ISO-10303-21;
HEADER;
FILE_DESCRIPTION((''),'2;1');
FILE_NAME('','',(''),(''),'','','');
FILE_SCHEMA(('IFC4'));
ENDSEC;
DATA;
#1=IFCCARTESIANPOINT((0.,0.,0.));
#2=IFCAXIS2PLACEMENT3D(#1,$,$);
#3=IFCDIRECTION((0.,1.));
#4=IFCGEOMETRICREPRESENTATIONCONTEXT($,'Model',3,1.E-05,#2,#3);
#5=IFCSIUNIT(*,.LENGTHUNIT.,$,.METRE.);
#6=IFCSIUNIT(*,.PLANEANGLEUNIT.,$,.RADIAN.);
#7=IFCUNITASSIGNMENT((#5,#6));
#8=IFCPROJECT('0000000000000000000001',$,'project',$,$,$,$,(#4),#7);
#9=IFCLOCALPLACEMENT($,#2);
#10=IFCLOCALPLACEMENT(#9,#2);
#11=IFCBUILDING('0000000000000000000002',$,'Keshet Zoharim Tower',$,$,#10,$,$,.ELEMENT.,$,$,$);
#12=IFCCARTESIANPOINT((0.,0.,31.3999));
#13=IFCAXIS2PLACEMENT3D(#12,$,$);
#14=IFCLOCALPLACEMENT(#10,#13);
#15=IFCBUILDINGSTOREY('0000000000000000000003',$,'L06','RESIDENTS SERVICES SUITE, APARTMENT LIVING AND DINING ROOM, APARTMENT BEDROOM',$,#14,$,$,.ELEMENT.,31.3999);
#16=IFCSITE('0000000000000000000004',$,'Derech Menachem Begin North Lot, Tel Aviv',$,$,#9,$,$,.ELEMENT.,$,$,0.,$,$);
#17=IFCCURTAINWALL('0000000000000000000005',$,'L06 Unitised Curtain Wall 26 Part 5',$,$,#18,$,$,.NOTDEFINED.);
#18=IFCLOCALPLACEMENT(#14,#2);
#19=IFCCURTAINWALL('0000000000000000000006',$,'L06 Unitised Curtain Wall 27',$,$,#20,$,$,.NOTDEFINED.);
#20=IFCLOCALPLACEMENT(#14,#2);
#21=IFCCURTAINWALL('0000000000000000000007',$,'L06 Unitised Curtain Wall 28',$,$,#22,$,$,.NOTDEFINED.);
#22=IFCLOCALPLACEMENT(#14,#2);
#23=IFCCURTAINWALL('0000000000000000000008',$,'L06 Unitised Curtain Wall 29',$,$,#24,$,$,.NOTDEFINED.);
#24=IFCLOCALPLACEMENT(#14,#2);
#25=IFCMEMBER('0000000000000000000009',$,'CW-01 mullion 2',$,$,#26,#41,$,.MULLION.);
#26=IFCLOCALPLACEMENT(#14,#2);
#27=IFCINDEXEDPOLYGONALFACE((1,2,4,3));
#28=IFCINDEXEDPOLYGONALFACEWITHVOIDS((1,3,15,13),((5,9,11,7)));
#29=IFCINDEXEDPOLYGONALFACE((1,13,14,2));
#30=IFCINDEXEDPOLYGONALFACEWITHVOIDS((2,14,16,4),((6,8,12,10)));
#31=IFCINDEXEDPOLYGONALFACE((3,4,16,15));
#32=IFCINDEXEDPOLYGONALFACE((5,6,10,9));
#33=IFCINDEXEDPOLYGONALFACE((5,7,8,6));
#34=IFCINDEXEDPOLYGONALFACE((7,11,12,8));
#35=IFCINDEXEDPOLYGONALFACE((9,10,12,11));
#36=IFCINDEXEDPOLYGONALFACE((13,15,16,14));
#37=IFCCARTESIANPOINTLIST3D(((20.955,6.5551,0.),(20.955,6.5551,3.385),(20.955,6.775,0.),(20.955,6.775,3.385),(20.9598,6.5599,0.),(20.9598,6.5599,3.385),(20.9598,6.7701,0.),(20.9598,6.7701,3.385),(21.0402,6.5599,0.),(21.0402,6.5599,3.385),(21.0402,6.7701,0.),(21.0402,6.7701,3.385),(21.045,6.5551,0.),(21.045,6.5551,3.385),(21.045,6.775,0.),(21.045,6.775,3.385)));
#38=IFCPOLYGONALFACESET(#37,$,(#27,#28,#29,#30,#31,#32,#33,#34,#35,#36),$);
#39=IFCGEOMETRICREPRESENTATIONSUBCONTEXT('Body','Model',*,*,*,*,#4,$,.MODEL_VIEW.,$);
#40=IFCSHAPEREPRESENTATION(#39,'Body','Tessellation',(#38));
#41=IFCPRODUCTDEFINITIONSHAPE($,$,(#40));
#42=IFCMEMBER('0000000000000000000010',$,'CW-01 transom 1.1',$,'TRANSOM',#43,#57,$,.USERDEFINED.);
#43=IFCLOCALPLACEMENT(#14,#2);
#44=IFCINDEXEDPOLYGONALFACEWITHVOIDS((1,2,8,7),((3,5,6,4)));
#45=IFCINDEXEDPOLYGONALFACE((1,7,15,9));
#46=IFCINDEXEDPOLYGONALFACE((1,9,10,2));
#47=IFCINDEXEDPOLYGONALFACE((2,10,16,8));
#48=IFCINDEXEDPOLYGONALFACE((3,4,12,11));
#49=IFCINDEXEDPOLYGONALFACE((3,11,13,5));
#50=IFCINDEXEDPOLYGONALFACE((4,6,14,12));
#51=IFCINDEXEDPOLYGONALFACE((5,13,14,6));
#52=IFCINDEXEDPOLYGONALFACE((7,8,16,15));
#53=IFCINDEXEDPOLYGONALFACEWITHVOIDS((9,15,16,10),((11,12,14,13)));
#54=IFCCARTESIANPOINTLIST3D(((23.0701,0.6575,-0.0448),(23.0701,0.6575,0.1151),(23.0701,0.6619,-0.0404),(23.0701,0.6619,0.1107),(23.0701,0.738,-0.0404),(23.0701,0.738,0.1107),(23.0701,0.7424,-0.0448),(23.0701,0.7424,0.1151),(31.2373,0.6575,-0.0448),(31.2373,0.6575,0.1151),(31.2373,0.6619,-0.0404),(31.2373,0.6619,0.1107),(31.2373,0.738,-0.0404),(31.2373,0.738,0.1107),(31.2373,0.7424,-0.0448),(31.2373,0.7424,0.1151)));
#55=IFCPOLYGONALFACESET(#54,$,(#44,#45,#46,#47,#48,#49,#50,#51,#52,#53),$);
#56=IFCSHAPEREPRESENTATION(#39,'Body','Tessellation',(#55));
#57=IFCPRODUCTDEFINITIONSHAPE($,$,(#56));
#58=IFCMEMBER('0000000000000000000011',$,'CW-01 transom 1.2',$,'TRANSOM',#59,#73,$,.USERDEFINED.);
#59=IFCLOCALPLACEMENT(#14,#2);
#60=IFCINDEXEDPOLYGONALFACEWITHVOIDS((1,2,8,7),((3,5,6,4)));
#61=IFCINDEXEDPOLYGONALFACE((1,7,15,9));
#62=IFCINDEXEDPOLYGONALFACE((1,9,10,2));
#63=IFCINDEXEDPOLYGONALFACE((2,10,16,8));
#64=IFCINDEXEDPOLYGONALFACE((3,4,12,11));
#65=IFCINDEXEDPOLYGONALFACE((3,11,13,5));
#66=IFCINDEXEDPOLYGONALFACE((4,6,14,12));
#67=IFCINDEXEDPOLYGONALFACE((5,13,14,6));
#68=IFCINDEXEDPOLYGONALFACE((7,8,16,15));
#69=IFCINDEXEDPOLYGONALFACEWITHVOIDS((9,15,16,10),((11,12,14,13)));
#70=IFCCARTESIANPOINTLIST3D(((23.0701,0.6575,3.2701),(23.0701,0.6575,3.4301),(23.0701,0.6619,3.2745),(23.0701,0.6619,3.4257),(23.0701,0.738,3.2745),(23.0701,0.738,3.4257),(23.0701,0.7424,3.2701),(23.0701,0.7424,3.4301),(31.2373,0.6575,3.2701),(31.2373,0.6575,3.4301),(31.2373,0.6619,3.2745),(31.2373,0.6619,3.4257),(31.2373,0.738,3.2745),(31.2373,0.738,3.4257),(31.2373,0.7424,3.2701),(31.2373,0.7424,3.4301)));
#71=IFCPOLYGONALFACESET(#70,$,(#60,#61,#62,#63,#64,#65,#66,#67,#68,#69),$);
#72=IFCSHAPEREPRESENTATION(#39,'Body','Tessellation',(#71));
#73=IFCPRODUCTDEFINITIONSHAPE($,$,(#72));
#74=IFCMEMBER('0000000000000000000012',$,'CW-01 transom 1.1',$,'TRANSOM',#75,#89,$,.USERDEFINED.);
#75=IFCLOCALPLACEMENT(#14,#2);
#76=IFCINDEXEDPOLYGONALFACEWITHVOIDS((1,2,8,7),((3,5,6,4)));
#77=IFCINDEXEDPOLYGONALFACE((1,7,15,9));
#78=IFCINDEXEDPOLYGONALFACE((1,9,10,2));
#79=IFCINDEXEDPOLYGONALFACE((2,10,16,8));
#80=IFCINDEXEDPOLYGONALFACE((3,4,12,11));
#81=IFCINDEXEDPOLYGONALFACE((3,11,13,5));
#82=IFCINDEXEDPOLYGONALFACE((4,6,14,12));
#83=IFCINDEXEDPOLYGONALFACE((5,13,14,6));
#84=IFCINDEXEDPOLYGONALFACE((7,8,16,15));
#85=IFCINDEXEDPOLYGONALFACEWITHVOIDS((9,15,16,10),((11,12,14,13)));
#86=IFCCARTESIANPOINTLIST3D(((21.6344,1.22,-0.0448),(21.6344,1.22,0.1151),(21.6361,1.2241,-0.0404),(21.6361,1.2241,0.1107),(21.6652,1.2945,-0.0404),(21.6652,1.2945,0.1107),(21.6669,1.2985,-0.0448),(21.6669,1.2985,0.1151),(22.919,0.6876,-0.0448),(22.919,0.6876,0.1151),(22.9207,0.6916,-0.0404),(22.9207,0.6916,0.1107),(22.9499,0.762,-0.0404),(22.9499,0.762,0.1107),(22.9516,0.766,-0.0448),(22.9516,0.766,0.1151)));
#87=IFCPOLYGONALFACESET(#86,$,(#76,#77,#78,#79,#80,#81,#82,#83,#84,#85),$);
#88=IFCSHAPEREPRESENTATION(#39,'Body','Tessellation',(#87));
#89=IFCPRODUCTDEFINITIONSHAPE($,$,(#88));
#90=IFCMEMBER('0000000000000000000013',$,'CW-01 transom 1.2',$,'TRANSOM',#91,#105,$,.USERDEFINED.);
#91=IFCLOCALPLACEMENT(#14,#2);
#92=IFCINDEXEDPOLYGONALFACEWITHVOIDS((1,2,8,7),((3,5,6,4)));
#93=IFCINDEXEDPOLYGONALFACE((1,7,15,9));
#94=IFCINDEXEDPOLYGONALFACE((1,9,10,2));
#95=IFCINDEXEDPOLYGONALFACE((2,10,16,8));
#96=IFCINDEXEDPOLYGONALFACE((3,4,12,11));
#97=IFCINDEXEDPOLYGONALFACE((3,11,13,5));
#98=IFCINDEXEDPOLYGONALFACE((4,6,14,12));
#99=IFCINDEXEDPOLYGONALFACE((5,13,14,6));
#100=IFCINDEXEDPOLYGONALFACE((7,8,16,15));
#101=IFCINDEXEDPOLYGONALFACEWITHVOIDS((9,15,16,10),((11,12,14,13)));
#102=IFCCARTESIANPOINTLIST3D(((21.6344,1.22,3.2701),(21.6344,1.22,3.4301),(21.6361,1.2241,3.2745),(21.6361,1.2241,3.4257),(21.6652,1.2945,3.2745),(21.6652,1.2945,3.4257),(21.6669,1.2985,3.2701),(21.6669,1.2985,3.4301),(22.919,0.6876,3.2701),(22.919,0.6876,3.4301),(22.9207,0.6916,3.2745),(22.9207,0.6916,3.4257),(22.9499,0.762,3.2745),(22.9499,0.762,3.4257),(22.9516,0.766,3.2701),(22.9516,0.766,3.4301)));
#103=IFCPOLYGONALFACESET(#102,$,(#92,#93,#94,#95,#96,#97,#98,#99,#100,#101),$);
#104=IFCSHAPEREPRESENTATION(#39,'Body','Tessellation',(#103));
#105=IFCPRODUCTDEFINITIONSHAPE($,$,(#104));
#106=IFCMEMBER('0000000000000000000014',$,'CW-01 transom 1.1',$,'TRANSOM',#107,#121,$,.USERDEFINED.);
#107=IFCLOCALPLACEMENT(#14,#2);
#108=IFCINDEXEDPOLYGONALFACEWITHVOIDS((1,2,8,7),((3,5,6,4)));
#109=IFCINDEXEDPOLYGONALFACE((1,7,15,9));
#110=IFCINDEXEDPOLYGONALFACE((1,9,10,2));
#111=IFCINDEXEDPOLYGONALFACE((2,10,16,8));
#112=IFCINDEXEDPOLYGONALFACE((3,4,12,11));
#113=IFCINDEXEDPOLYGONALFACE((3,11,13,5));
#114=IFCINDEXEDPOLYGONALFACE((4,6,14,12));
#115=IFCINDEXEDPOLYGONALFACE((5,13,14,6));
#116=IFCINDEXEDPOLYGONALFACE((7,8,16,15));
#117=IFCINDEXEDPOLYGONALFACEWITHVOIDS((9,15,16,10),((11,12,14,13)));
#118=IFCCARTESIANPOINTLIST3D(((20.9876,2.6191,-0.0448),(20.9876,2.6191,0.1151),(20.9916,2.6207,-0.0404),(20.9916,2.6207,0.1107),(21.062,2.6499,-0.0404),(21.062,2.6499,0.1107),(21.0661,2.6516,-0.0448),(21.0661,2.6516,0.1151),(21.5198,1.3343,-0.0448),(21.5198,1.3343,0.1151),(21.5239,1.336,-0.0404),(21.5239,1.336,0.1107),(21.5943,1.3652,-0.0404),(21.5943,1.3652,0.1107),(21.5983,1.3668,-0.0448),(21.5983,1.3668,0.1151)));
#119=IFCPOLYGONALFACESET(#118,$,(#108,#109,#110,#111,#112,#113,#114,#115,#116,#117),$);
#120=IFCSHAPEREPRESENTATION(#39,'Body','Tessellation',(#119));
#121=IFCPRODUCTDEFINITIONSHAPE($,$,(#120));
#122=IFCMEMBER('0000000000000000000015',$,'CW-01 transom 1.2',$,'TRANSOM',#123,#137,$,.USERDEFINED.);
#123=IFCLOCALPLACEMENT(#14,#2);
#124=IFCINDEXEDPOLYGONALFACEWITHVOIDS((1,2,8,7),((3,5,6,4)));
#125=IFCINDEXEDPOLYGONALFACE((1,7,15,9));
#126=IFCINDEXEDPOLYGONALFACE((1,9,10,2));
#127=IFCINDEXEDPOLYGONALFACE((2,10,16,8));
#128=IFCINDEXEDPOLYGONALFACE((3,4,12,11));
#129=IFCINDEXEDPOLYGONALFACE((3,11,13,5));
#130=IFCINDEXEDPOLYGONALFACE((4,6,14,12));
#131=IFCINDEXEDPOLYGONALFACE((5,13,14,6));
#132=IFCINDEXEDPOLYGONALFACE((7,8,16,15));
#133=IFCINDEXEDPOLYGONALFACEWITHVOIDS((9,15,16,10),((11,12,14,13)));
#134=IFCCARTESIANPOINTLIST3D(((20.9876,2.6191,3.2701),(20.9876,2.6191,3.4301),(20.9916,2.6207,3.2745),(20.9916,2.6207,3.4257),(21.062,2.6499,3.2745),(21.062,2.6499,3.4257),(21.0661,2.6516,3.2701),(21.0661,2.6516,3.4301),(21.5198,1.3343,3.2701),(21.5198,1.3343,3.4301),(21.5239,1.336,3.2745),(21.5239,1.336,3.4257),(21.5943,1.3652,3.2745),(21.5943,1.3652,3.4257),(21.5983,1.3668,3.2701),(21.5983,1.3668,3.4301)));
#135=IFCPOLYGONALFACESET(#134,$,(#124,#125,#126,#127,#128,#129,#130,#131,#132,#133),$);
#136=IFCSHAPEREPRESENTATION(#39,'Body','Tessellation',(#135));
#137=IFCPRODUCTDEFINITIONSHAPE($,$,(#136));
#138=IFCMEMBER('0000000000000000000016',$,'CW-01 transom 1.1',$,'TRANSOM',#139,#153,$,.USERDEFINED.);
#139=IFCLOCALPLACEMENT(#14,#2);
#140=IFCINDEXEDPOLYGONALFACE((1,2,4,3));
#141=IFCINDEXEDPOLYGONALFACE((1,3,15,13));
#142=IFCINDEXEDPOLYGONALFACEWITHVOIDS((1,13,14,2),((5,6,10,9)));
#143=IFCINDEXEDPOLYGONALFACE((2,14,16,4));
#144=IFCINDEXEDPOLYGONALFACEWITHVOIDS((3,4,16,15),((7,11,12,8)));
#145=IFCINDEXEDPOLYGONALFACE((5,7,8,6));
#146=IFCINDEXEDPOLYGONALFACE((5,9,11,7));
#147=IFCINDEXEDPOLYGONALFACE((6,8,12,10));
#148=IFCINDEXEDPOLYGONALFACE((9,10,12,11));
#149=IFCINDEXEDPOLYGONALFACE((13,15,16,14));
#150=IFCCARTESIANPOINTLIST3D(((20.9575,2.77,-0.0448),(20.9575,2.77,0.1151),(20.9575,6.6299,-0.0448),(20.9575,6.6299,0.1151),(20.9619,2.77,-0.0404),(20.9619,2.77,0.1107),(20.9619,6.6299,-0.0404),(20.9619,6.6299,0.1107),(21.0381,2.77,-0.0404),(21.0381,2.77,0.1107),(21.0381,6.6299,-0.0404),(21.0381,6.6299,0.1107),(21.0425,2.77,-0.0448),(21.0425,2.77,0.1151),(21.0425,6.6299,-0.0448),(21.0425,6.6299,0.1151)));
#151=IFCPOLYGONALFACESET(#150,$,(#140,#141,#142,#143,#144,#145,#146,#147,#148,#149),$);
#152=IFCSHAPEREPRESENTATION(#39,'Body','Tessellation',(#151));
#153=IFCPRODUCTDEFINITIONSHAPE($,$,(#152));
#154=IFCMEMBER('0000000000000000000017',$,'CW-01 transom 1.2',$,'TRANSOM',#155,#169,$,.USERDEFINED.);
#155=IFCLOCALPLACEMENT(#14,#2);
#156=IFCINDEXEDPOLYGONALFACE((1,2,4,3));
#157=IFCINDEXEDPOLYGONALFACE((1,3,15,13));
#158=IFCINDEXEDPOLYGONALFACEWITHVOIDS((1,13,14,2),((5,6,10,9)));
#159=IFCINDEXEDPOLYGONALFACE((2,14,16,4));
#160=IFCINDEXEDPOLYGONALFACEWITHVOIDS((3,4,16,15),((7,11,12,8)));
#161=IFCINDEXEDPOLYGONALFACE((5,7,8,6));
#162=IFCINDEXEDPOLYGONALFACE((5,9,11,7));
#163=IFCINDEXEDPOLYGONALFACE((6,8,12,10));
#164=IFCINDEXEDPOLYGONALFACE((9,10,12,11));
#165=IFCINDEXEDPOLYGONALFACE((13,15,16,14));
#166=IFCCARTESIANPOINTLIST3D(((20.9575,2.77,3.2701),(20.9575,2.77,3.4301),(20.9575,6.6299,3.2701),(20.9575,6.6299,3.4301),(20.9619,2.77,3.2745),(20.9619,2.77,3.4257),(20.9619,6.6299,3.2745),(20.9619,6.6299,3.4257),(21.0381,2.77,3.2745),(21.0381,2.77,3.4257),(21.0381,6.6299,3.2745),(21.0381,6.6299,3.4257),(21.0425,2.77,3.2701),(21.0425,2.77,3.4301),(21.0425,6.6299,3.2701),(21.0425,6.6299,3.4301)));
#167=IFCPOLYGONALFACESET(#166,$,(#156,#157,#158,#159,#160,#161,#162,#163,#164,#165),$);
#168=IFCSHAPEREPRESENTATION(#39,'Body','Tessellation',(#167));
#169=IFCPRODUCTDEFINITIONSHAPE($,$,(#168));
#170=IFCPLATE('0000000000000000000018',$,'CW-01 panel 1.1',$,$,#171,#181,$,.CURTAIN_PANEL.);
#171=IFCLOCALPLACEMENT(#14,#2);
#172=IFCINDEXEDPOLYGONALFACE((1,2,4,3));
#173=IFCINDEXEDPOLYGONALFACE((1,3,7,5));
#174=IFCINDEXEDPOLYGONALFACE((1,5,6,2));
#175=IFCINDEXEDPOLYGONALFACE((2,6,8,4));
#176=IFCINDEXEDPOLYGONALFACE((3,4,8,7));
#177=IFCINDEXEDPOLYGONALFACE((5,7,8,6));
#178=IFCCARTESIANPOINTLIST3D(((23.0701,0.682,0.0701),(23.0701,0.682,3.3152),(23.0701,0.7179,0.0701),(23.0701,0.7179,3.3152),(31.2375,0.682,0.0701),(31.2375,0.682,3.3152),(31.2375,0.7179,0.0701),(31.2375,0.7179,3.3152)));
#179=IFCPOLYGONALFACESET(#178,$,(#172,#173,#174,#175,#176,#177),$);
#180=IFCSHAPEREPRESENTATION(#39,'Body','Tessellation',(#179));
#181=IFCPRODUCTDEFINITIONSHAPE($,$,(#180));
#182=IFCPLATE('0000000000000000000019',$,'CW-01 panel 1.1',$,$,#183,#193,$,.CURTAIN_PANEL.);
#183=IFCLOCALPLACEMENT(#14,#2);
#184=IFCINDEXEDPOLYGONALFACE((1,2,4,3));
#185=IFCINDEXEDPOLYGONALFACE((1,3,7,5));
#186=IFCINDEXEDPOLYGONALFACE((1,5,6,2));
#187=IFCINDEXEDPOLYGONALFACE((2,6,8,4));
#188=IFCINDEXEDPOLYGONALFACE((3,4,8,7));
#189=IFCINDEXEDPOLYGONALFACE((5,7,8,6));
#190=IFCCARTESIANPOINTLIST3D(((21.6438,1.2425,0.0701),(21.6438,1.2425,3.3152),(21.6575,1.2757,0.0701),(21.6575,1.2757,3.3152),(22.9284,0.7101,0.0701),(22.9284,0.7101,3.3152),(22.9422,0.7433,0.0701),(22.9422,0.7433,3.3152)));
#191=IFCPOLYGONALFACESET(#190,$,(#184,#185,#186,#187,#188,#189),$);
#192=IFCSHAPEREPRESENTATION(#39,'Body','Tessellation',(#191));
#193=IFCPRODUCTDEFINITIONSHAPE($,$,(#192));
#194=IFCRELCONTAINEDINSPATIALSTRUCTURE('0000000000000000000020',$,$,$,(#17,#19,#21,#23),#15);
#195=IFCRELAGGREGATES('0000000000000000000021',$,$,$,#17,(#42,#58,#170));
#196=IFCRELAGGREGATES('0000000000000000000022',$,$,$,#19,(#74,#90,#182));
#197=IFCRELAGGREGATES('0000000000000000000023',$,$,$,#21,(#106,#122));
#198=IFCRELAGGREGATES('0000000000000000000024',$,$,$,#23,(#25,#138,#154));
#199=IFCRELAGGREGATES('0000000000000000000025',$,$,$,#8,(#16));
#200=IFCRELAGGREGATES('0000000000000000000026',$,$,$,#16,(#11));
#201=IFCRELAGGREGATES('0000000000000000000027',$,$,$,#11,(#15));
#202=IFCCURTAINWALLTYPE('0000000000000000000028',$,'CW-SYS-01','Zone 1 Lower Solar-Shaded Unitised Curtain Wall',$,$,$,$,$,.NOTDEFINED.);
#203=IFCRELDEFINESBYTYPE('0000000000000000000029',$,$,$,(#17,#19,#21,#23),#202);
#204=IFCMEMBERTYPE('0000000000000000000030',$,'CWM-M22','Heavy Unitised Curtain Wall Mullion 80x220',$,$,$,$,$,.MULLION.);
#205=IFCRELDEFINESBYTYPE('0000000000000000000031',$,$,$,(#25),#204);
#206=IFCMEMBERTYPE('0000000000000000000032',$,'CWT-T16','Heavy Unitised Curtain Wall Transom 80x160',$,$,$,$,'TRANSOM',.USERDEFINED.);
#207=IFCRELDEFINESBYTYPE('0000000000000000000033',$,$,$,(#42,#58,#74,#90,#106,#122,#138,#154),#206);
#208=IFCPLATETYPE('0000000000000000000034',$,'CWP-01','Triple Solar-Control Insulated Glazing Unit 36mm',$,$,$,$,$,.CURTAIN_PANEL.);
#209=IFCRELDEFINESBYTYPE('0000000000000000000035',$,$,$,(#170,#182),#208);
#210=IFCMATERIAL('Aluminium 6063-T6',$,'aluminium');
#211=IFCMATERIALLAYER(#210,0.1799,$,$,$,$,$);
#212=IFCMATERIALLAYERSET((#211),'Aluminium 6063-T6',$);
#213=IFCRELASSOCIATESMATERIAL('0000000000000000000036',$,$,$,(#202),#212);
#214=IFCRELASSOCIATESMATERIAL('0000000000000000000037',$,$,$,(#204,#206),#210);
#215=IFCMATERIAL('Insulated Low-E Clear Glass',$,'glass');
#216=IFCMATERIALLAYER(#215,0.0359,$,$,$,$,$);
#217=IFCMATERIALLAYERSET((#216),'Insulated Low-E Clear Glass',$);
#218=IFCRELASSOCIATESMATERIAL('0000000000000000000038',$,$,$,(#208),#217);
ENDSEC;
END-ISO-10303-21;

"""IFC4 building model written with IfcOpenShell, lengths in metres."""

from ifc_helpers import new_model, si_unit, direction, frame, origin, origin_2d, place, context, subcontext, project, spatial, rectangle, hollow_rectangle, extrude, material, layer, layer_set, material_profile, profile_set, type_object, element, aggregate, save


model = new_model("IFC4")

# Units and contexts
model_context = context("Model", 3, precision=1e-05, world=origin(), true_north=direction((0.0, 1.0)))
body_context = subcontext(model_context, "Body", "Model", "MODEL_VIEW")
ifc_project = project(units=[si_unit("LENGTHUNIT", "METRE"), si_unit("PLANEANGLEUNIT", "RADIAN")], contexts=[model_context])

# Site, building, storey
site_placement = place(None, origin())
site = spatial("IfcSite", under=ifc_project, at=site_placement, Name="Derech Menachem Begin North Lot, Tel Aviv", CompositionType="ELEMENT", RefElevation=0.0)
building_placement = place(site_placement, origin())
building = spatial("IfcBuilding", under=site, at=building_placement, Name="Keshet Zoharim Tower", CompositionType="ELEMENT")
storey_placement = place(building_placement, frame((0.0, 0.0, 31.3999)))
storey = spatial("IfcBuildingStorey", under=building, at=storey_placement, Name="L06", Description="RESIDENTS SERVICES SUITE, APARTMENT LIVING AND DINING ROOM, APARTMENT BEDROOM", CompositionType="ELEMENT", Elevation=31.3999)

# Curtain wall
ifc_material_1 = material(Name="Aluminium 6063-T6", Category="aluminium")
ifc_layer_1 = layer(ifc_material_1, 0.1799)
ifc_layer_set_1 = layer_set([ifc_layer_1], Name="Aluminium 6063-T6")
curtain_wall_type = type_object("IfcCurtainWallType", Name="CW-SYS-01", Description="Zone 1 Lower Solar-Shaded Unitised Curtain Wall", PredefinedType="NOTDEFINED", material=ifc_layer_set_1)
ifc_material_profile_1 = material_profile(ifc_material_1, hollow_rectangle(XDim=0.0901, YDim=0.22, WallThickness=0.0049, at=origin_2d()), Name="MUL-90x220")
ifc_profile_set_1 = profile_set([ifc_material_profile_1], Name="Aluminium 6063-T6")
member_type_1 = type_object("IfcMemberType", Name="CWM-M22", Description="Heavy Unitised Curtain Wall Mullion 80x220", PredefinedType="MULLION", material=ifc_profile_set_1)
curtain_wall_1_placement = place(storey_placement, origin())
curtain_wall_1 = element("IfcCurtainWall", 1, at=curtain_wall_1_placement, inside=storey, type_object=curtain_wall_type, Name="L06 Unitised Curtain Wall 26 Part 5", PredefinedType="NOTDEFINED")

# Curtain walls
curtain_wall_2_placement = place(storey_placement, origin())
curtain_wall_2 = element("IfcCurtainWall", 2, at=curtain_wall_2_placement, inside=storey, type_object=curtain_wall_type, Name="L06 Unitised Curtain Wall 27", PredefinedType="NOTDEFINED")
curtain_wall_3_placement = place(storey_placement, origin())
curtain_wall_3 = element("IfcCurtainWall", 3, at=curtain_wall_3_placement, inside=storey, type_object=curtain_wall_type, Name="L06 Unitised Curtain Wall 28", PredefinedType="NOTDEFINED")

# Curtain wall, member
curtain_wall_4_placement = place(storey_placement, origin())
curtain_wall_4 = element("IfcCurtainWall", 4, at=curtain_wall_4_placement, inside=storey, type_object=curtain_wall_type, Name="L06 Unitised Curtain Wall 29", PredefinedType="NOTDEFINED")
member_1_placement = place(storey_placement, frame((21.0, 6.665, 0.0), z_axis=(0.0, 0.0, 1.0), x_axis=(-1.0, 0.0, 0.0)))
member_1 = element("IfcMember", 5, at=member_1_placement, type_object=member_type_1, Name="CW-01 mullion 2", PredefinedType="MULLION", context=body_context, shape_type="SweptSolid", body=[
    extrude(hollow_rectangle(XDim=0.0901, YDim=0.22, WallThickness=0.0049, at=origin_2d()), origin(), (0.0, 0.0, 1.0), 3.385),
])

# Members
ifc_material_profile_2 = material_profile(ifc_material_1, hollow_rectangle(XDim=0.085, YDim=0.1599, WallThickness=0.0044, at=origin_2d()), Name="TRN-85x160")
ifc_profile_set_2 = profile_set([ifc_material_profile_2], Name="Aluminium 6063-T6")
member_type_2 = type_object("IfcMemberType", Name="CWT-T16", Description="Heavy Unitised Curtain Wall Transom 80x160", ElementType="TRANSOM", PredefinedType="USERDEFINED", material=ifc_profile_set_2)
member_2_placement = place(storey_placement, frame((31.2373, 0.7, 0.0352), z_axis=(-1.0, 0.0, 0.0), x_axis=(0.0, -1.0, 0.0)))
member_2 = element("IfcMember", 6, at=member_2_placement, type_object=member_type_2, Name="CW-01 transom 1.1", ObjectType="TRANSOM", PredefinedType="USERDEFINED", context=body_context, shape_type="SweptSolid", body=[
    extrude(hollow_rectangle(XDim=0.085, YDim=0.1599, WallThickness=0.0044, at=origin_2d()), origin(), (0.0, 0.0, 1.0), 8.1672),
])
member_3_placement = place(storey_placement, frame((31.2373, 0.7, 3.3501), z_axis=(-1.0, 0.0, 0.0), x_axis=(0.0, -1.0, 0.0)))
member_3 = element("IfcMember", 7, at=member_3_placement, type_object=member_type_2, Name="CW-01 transom 1.2", ObjectType="TRANSOM", PredefinedType="USERDEFINED", context=body_context, shape_type="SweptSolid", body=[
    extrude(hollow_rectangle(XDim=0.085, YDim=0.1599, WallThickness=0.0044, at=origin_2d()), origin(), (0.0, 0.0, 1.0), 8.1672),
])
member_4_placement = place(storey_placement, frame((22.9353, 0.7268, 0.0352), z_axis=(-0.923792, 0.382894, 0.0), x_axis=(-0.382894, -0.923792, 0.0)))
member_4 = element("IfcMember", 8, at=member_4_placement, type_object=member_type_2, Name="CW-01 transom 1.1", ObjectType="TRANSOM", PredefinedType="USERDEFINED", context=body_context, shape_type="SweptSolid", body=[
    extrude(hollow_rectangle(XDim=0.085, YDim=0.1599, WallThickness=0.0044, at=origin_2d()), origin(), (0.0, 0.0, 1.0), 1.3906),
])
member_5_placement = place(storey_placement, frame((22.9353, 0.7268, 3.3501), z_axis=(-0.923792, 0.382894, 0.0), x_axis=(-0.382894, -0.923792, 0.0)))
member_5 = element("IfcMember", 9, at=member_5_placement, type_object=member_type_2, Name="CW-01 transom 1.2", ObjectType="TRANSOM", PredefinedType="USERDEFINED", context=body_context, shape_type="SweptSolid", body=[
    extrude(hollow_rectangle(XDim=0.085, YDim=0.1599, WallThickness=0.0044, at=origin_2d()), origin(), (0.0, 0.0, 1.0), 1.3906),
])
member_6_placement = place(storey_placement, frame((21.5591, 1.3506, 0.0352), z_axis=(-0.382745, 0.923854, 0.0), x_axis=(-0.923854, -0.382745, 0.0)))
member_6 = element("IfcMember", 10, at=member_6_placement, type_object=member_type_2, Name="CW-01 transom 1.1", ObjectType="TRANSOM", PredefinedType="USERDEFINED", context=body_context, shape_type="SweptSolid", body=[
    extrude(hollow_rectangle(XDim=0.085, YDim=0.1599, WallThickness=0.0044, at=origin_2d()), origin(), (0.0, 0.0, 1.0), 1.3906),
])
member_7_placement = place(storey_placement, frame((21.5591, 1.3506, 3.3501), z_axis=(-0.382745, 0.923854, 0.0), x_axis=(-0.923854, -0.382745, 0.0)))
member_7 = element("IfcMember", 11, at=member_7_placement, type_object=member_type_2, Name="CW-01 transom 1.2", ObjectType="TRANSOM", PredefinedType="USERDEFINED", context=body_context, shape_type="SweptSolid", body=[
    extrude(hollow_rectangle(XDim=0.085, YDim=0.1599, WallThickness=0.0044, at=origin_2d()), origin(), (0.0, 0.0, 1.0), 1.3906),
])
member_8_placement = place(storey_placement, frame((21.0, 2.77, 0.0352), z_axis=(0.0, 1.0, 0.0), x_axis=(-1.0, 0.0, 0.0)))
member_8 = element("IfcMember", 12, at=member_8_placement, type_object=member_type_2, Name="CW-01 transom 1.1", ObjectType="TRANSOM", PredefinedType="USERDEFINED", context=body_context, shape_type="SweptSolid", body=[
    extrude(hollow_rectangle(XDim=0.085, YDim=0.1599, WallThickness=0.0044, at=origin_2d()), origin(), (0.0, 0.0, 1.0), 3.8599),
])
member_9_placement = place(storey_placement, frame((21.0, 2.77, 3.3501), z_axis=(0.0, 1.0, 0.0), x_axis=(-1.0, 0.0, 0.0)))
member_9 = element("IfcMember", 13, at=member_9_placement, type_object=member_type_2, Name="CW-01 transom 1.2", ObjectType="TRANSOM", PredefinedType="USERDEFINED", context=body_context, shape_type="SweptSolid", body=[
    extrude(hollow_rectangle(XDim=0.085, YDim=0.1599, WallThickness=0.0044, at=origin_2d()), origin(), (0.0, 0.0, 1.0), 3.8599),
])

# Plates
ifc_material_2 = material(Name="Insulated Low-E Clear Glass", Category="glass")
ifc_layer_2 = layer(ifc_material_2, 0.0359)
ifc_layer_set_2 = layer_set([ifc_layer_2], Name="Insulated Low-E Clear Glass")
plate_type_1 = type_object("IfcPlateType", Name="CWP-01", Description="Triple Solar-Control Insulated Glazing Unit 36mm", PredefinedType="CURTAIN_PANEL", material=ifc_layer_set_2)
plate_1_placement = place(storey_placement, frame((27.1538, 0.7, 0.0701), z_axis=(0.0, 0.0, 1.0), x_axis=(-1.0, 0.0, 0.0)))
plate_1 = element("IfcPlate", 14, at=plate_1_placement, type_object=plate_type_1, Name="CW-01 panel 1.1", PredefinedType="CURTAIN_PANEL", context=body_context, shape_type="SweptSolid", body=[
    extrude(rectangle(XDim=8.1675, YDim=0.0359, at=origin_2d()), origin(), (0.0, 0.0, 1.0), 3.2451),
])
aggregate(curtain_wall_1, [member_2, member_3, plate_1])
plate_2_placement = place(storey_placement, frame((22.293, 0.9929, 0.0701), z_axis=(0.0, 0.0, 1.0), x_axis=(-0.92381, 0.382852, 0.0)))
plate_2 = element("IfcPlate", 15, at=plate_2_placement, type_object=plate_type_1, Name="CW-01 panel 1.1", PredefinedType="CURTAIN_PANEL", context=body_context, shape_type="SweptSolid", body=[
    extrude(rectangle(XDim=1.3906, YDim=0.0359, at=origin_2d()), origin(), (0.0, 0.0, 1.0), 3.2451),
])
aggregate(curtain_wall_2, [member_4, member_5, plate_2])
aggregate(curtain_wall_3, [member_6, member_7])
aggregate(curtain_wall_4, [member_1, member_8, member_9])

save(model, "model.ifc")
